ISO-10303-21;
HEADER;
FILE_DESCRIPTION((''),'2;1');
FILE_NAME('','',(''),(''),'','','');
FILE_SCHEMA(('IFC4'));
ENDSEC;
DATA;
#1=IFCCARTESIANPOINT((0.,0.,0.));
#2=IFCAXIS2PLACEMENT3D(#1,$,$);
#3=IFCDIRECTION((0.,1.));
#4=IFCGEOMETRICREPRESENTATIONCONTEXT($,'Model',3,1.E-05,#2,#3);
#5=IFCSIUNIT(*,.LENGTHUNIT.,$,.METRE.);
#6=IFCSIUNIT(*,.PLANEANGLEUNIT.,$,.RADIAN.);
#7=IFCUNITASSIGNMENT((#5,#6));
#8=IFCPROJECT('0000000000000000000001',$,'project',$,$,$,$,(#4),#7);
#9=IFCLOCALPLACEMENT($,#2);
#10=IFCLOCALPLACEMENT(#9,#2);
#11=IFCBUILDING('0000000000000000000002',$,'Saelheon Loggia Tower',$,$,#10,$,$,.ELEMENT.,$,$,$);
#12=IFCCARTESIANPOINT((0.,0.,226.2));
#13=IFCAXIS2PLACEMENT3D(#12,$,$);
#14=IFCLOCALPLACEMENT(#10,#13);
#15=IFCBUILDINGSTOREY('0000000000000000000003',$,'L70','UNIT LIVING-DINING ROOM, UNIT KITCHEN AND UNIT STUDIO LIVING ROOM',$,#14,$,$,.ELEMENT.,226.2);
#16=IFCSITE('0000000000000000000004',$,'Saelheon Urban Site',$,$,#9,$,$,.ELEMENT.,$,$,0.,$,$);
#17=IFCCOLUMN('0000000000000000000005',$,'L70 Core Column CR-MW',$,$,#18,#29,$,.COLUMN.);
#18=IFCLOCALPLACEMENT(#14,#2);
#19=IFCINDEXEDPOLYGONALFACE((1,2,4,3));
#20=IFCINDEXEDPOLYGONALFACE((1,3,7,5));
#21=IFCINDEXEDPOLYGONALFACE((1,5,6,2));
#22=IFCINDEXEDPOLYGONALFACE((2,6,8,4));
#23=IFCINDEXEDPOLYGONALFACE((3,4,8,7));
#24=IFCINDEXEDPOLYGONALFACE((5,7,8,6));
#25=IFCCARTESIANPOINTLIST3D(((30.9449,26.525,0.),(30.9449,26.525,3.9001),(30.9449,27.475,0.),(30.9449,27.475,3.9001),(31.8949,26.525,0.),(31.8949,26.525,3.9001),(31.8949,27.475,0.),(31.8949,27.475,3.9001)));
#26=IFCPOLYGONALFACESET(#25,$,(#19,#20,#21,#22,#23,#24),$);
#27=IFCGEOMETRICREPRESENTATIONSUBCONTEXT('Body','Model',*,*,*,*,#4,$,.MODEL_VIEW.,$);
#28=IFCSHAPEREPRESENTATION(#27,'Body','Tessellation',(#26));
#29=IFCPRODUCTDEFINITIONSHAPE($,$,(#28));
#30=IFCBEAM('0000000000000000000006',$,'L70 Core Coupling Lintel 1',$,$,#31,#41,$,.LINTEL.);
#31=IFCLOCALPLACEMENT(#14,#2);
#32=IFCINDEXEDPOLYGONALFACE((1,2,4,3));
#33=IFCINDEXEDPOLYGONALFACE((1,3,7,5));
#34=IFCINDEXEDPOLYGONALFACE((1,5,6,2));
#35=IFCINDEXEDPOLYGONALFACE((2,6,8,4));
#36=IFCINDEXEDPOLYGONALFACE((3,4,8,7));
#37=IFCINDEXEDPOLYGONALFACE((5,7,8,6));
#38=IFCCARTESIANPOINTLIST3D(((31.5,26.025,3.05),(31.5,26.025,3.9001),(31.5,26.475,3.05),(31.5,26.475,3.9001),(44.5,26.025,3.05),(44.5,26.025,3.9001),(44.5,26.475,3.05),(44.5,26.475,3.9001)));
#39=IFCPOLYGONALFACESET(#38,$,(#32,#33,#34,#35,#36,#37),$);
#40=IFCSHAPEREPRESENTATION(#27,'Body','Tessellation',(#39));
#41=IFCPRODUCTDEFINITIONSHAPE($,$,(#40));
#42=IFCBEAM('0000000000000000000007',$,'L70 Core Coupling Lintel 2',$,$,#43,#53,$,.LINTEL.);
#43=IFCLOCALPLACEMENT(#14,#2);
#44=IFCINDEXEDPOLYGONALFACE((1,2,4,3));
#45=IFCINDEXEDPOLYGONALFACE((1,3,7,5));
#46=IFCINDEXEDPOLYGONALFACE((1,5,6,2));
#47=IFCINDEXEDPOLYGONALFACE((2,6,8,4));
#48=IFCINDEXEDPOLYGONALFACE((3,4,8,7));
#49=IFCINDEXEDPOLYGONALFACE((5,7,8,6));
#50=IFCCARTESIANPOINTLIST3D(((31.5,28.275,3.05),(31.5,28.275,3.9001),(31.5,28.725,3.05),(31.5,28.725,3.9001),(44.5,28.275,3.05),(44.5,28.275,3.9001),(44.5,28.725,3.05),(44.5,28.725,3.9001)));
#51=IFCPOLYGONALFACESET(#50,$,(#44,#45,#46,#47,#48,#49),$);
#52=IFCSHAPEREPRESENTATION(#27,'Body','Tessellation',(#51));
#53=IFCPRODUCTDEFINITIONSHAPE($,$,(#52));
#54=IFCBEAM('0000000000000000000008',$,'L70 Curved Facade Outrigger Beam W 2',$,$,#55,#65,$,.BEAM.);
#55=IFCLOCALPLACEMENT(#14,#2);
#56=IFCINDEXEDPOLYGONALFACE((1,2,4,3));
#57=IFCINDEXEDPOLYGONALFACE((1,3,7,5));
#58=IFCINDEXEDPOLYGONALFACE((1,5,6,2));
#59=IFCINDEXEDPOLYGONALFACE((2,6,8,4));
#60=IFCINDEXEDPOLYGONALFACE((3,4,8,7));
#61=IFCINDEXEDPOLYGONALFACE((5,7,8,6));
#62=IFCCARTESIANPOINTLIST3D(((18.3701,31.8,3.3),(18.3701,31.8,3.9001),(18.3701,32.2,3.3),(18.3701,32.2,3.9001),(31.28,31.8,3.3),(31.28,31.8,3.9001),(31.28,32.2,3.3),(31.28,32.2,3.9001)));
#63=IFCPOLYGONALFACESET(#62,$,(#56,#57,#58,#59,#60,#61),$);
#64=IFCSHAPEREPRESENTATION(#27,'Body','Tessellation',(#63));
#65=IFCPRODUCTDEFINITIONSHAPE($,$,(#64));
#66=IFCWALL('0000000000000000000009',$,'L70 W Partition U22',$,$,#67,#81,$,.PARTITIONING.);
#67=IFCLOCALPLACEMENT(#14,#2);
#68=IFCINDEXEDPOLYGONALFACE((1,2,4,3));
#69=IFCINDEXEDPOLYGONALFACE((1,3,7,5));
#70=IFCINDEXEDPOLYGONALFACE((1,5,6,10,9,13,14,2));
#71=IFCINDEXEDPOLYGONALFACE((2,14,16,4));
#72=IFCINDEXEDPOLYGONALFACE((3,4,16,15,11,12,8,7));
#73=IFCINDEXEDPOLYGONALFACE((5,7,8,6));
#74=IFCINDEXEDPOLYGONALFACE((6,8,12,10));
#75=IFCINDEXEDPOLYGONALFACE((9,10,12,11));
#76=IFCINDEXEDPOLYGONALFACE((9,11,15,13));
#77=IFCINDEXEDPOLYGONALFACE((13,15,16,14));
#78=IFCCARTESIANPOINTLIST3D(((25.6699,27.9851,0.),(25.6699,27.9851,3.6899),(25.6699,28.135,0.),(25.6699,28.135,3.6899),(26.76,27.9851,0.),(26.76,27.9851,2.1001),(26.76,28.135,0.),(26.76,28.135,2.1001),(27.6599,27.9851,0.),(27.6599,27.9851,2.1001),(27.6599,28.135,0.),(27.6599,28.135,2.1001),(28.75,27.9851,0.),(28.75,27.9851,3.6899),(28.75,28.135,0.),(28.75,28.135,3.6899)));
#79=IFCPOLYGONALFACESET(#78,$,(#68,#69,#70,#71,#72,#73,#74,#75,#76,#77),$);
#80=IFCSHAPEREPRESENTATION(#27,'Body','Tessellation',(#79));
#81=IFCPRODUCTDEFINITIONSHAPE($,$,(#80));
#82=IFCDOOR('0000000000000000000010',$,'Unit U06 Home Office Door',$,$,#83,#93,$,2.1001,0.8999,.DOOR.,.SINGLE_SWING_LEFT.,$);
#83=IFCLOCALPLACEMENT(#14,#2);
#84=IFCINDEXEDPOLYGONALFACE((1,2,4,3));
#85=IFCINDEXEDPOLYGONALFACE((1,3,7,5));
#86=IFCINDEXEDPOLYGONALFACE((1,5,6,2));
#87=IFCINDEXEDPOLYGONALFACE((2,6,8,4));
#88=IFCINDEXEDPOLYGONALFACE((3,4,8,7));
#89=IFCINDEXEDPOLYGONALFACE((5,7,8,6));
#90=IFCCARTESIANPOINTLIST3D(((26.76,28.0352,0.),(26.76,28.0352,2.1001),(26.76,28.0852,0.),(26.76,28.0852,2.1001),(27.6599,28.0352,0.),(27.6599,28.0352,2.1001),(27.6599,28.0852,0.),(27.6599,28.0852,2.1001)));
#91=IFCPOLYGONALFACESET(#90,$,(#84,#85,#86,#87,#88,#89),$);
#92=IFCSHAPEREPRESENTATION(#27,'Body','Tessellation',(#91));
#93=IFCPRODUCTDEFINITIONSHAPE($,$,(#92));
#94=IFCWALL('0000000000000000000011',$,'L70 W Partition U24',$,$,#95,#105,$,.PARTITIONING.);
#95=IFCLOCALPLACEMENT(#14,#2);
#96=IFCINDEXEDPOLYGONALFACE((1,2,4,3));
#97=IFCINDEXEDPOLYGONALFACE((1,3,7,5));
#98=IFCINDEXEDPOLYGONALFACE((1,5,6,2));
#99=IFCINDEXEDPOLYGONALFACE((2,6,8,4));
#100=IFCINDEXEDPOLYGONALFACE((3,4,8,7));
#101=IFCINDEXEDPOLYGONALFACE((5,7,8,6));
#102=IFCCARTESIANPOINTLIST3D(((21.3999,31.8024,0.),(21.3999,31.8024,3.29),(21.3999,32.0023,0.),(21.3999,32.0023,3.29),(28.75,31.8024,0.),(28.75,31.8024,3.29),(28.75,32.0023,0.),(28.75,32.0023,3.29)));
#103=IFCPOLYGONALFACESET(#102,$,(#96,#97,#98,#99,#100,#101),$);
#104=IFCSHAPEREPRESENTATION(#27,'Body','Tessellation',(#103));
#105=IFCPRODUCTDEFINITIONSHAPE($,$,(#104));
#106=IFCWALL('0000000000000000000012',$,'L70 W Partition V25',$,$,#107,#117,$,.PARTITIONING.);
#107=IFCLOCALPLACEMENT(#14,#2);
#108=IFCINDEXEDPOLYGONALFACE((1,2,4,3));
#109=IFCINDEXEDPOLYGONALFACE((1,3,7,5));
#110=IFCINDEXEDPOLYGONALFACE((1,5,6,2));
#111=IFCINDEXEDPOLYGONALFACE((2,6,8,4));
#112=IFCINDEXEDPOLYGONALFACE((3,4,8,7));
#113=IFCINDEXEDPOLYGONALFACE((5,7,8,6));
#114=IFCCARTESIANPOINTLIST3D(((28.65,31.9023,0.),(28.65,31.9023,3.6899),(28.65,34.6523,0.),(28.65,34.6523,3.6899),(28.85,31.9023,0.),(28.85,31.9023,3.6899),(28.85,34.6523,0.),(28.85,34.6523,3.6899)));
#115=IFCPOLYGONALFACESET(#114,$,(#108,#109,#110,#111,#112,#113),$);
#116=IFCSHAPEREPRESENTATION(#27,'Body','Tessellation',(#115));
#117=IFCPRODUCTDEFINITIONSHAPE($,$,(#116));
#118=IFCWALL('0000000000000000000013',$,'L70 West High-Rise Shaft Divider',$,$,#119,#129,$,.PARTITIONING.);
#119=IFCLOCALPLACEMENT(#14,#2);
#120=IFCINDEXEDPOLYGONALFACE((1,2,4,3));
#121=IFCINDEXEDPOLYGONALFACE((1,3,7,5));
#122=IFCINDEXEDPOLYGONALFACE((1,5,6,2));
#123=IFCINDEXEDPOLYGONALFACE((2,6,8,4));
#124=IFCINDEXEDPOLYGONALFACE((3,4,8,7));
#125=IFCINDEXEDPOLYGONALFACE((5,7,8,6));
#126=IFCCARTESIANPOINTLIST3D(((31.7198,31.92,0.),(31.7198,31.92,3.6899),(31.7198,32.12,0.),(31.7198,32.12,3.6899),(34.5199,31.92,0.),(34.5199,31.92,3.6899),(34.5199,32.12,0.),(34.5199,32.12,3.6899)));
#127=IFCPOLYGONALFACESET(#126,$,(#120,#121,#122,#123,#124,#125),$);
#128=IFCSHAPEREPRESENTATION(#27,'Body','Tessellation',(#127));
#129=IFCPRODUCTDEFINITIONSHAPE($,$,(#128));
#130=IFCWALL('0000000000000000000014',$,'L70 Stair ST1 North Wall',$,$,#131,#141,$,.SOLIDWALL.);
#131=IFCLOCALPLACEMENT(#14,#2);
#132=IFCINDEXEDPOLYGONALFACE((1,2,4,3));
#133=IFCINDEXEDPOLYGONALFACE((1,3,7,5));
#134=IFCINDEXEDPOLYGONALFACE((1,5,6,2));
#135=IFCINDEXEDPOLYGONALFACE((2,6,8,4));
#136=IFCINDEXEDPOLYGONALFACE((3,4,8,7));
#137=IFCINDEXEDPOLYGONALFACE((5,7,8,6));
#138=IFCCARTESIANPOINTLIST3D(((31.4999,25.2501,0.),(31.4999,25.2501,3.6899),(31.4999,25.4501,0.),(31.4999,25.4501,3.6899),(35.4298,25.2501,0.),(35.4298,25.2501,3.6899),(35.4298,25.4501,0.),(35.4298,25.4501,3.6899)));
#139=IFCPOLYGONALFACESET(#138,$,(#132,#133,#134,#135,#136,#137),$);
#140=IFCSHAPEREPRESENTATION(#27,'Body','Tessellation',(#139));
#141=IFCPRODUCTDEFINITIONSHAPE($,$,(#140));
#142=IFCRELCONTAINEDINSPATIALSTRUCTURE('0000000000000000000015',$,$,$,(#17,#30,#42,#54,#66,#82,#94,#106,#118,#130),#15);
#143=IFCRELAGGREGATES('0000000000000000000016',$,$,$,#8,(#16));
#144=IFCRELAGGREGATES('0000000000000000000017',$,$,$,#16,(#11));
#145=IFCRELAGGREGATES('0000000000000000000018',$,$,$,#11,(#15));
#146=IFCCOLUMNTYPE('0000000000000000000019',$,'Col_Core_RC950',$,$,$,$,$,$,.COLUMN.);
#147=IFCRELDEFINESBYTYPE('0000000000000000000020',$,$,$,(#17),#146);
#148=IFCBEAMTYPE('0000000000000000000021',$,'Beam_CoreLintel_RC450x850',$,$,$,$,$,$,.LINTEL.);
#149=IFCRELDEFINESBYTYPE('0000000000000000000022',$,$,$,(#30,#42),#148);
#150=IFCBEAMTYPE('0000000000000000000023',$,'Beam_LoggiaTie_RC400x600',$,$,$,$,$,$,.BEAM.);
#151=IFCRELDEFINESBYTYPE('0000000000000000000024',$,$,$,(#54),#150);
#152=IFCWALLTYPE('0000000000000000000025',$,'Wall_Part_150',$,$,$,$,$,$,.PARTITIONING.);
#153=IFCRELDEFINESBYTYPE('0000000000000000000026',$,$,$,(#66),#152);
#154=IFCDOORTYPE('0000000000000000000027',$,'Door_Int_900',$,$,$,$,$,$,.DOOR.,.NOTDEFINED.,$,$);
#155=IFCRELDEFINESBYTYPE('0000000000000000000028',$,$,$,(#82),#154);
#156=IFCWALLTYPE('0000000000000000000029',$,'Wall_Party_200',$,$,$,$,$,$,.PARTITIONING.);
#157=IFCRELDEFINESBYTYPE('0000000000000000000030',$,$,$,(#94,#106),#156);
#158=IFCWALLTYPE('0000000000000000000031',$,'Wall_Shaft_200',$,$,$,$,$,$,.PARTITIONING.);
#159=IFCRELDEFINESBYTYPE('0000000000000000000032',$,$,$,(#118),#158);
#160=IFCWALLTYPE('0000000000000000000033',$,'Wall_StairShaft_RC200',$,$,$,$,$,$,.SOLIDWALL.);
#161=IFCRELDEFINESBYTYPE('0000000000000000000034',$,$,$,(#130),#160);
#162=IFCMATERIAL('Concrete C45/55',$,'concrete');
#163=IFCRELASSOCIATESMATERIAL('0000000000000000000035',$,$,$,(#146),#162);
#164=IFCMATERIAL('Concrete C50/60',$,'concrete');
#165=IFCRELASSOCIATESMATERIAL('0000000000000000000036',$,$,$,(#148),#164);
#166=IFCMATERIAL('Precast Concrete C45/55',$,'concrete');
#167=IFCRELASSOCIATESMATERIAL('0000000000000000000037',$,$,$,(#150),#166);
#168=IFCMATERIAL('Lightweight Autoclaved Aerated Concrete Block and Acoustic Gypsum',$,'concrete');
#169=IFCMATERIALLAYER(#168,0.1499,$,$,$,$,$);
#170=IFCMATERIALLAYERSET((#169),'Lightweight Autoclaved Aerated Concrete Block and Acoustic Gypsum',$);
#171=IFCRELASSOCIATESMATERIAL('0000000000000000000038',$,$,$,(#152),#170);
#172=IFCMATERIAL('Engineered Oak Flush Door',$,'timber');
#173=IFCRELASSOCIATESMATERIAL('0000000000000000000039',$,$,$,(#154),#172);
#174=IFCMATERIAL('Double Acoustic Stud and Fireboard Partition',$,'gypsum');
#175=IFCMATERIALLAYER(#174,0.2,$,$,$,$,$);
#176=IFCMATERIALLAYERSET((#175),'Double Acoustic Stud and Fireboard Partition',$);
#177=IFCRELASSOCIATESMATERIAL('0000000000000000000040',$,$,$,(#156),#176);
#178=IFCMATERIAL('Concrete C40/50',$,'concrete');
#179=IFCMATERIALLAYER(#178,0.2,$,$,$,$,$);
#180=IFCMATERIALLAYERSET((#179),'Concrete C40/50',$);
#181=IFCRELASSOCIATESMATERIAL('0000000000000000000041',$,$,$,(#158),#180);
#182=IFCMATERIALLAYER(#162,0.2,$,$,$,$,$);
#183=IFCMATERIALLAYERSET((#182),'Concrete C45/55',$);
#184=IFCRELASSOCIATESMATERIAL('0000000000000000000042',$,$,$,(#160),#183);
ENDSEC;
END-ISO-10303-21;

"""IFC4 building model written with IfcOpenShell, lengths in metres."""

from ifc_helpers import new_model, si_unit, direction, frame, frame_2d, origin, origin_2d, place, context, subcontext, project, spatial, rectangle, extrude, source, transform, mapped, material, layer, layer_set, material_profile, profile_set, type_object, element, fill, save


model = new_model("IFC4")

# Units and contexts
model_context = context("Model", 3, precision=1e-05, world=origin(), true_north=direction((0.0, 1.0)))
body_context = subcontext(model_context, "Body", "Model", "MODEL_VIEW")
ifc_project = project(units=[si_unit("LENGTHUNIT", "METRE"), si_unit("PLANEANGLEUNIT", "RADIAN")], contexts=[model_context])

# Site, building, storey
site_placement = place(None, origin())
site = spatial("IfcSite", under=ifc_project, at=site_placement, Name="Saelheon Urban Site", CompositionType="ELEMENT", RefElevation=0.0)
building_placement = place(site_placement, origin())
building = spatial("IfcBuilding", under=site, at=building_placement, Name="Saelheon Loggia Tower", CompositionType="ELEMENT")
storey_placement = place(building_placement, frame((0.0, 0.0, 226.2)))
storey = spatial("IfcBuildingStorey", under=building, at=storey_placement, Name="L70", Description="UNIT LIVING-DINING ROOM, UNIT KITCHEN AND UNIT STUDIO LIVING ROOM", CompositionType="ELEMENT", Elevation=226.2)

# Column
ifc_material_1 = material(Name="Concrete C45/55", Category="concrete")
ifc_material_profile_1 = material_profile(ifc_material_1, rectangle(XDim=0.95, YDim=0.95, at=origin_2d()), Name="RC-950x950")
ifc_profile_set_1 = profile_set([ifc_material_profile_1], Name="Concrete C45/55")
column_type = type_object("IfcColumnType", Name="Col_Core_RC950", PredefinedType="COLUMN", material=ifc_profile_set_1)
shared_shape_1 = source(origin(), body_context, "Body", "SweptSolid", [
    extrude(rectangle(XDim=0.95, YDim=0.95, at=origin_2d()), origin(), (0.0, 0.0, 1.0), 3.9001),
])
column_placement = place(storey_placement, frame((31.4199, 27.0, 0.0), z_axis=(0.0, 0.0, 1.0), x_axis=(1.0, 0.0, 0.0)))
element("IfcColumn", 1, at=column_placement, inside=storey, type_object=column_type, Name="L70 Core Column CR-MW", PredefinedType="COLUMN", context=body_context, shape_type="MappedRepresentation", body=[
    mapped(shared_shape_1, transform((0.0, 0.0, 0.0), scale=1.0)),
])

# Beams
ifc_material_2 = material(Name="Concrete C50/60", Category="concrete")
ifc_material_profile_2 = material_profile(ifc_material_2, rectangle(XDim=0.45, YDim=0.8501, at=origin_2d()), Name="RC-450x850")
ifc_profile_set_2 = profile_set([ifc_material_profile_2], Name="Concrete C50/60")
beam_type_1 = type_object("IfcBeamType", Name="Beam_CoreLintel_RC450x850", PredefinedType="LINTEL", material=ifc_profile_set_2)
shared_shape_2 = source(origin(), body_context, "Body", "SweptSolid", [
    extrude(rectangle(XDim=0.45, YDim=0.8501, at=origin_2d()), origin(), (0.0, 0.0, 1.0), 13.0),
])
for number, where, z_axis, x_axis, name in (
    (2, (31.5, 26.25, 3.4751), (1.0, 0.0, 0.0), (0.0, 1.0, 0.0), "L70 Core Coupling Lintel 1"),
    (3, (31.5, 28.5, 3.4751), (1.0, 0.0, 0.0), (0.0, 1.0, 0.0), "L70 Core Coupling Lintel 2"),
):
    element("IfcBeam", number, at=place(storey_placement, frame(where, z_axis=z_axis, x_axis=x_axis)), inside=storey, type_object=beam_type_1, Name=name, PredefinedType="LINTEL", context=body_context, shape_type="MappedRepresentation", body=[
        mapped(shared_shape_2, transform((0.0, 0.0, 0.0), scale=1.0)),
    ])
ifc_material_3 = material(Name="Precast Concrete C45/55", Category="concrete")
ifc_material_profile_3 = material_profile(ifc_material_3, rectangle(XDim=0.3999, YDim=0.6001, at=origin_2d()), Name="RC-400x600")
ifc_profile_set_3 = profile_set([ifc_material_profile_3], Name="Precast Concrete C45/55")
beam_type_2 = type_object("IfcBeamType", Name="Beam_LoggiaTie_RC400x600", PredefinedType="BEAM", material=ifc_profile_set_3)
shared_shape_3 = source(origin(), body_context, "Body", "SweptSolid", [
    extrude(rectangle(XDim=0.3999, YDim=0.6001, at=origin_2d()), origin(), (0.0, 0.0, 1.0), 12.9099),
])
beam_placement = place(storey_placement, frame((31.28, 32.0, 3.6001), z_axis=(-1.0, 0.0, 0.0), x_axis=(0.0, -1.0, 0.0)))
element("IfcBeam", 4, at=beam_placement, inside=storey, type_object=beam_type_2, Name="L70 Curved Facade Outrigger Beam W 2", PredefinedType="BEAM", context=body_context, shape_type="MappedRepresentation", body=[
    mapped(shared_shape_3, transform((0.0, 0.0, 0.0), scale=1.0)),
])

# Wall, opening, door
ifc_material_4 = material(Name="Lightweight Autoclaved Aerated Concrete Block and Acoustic Gypsum", Category="concrete")
ifc_layer_1 = layer(ifc_material_4, 0.1499)
ifc_layer_set_1 = layer_set([ifc_layer_1], Name="Lightweight Autoclaved Aerated Concrete Block and Acoustic Gypsum")
wall_type_1 = type_object("IfcWallType", Name="Wall_Part_150", PredefinedType="PARTITIONING", material=ifc_layer_set_1)
wall_1_placement = place(storey_placement, frame((28.75, 28.0601, 0.0), z_axis=(0.0, 0.0, 1.0), x_axis=(-1.0, 0.0, 0.0)))
wall_1 = element("IfcWall", 5, at=wall_1_placement, inside=storey, type_object=wall_type_1, Name="L70 W Partition U22", PredefinedType="PARTITIONING", context=body_context, shape_type="SweptSolid", body=[
    extrude(rectangle(XDim=3.0801, YDim=0.1499, at=frame_2d((1.54, 0.0))), origin(), (0.0, 0.0, 1.0), 3.6899),
])
opening_1_placement = place(wall_1_placement, frame((1.0901, 0.0, 0.0)))
opening_1 = element("IfcOpeningElement", 6, at=opening_1_placement, cuts=wall_1, PredefinedType="OPENING", context=body_context, shape_type="SweptSolid", body=[
    extrude(rectangle(XDim=0.8999, YDim=2.1001, at=frame_2d((0.45, 1.05))), frame((0.0, 0.0869, 0.0), z_axis=(0.0, -1.0, 0.0), x_axis=(1.0, 0.0, 0.0)), (0.0, 0.0, 1.0), 0.1738),
])
ifc_material_5 = material(Name="Engineered Oak Flush Door", Category="timber")
door_type_1 = type_object("IfcDoorType", Name="Door_Int_900", OperationType="NOTDEFINED", PredefinedType="DOOR", material=ifc_material_5)
shared_shape_4 = source(origin(), body_context, "Body", "SweptSolid", [
    extrude(rectangle(XDim=0.8999, YDim=2.1001, at=frame_2d((0.45, 1.05))), frame((0.0, 0.0249, 0.0), z_axis=(0.0, -1.0, 0.0), x_axis=(1.0, 0.0, 0.0)), (0.0, 0.0, 1.0), 0.05),
])
door_1_placement = place(opening_1_placement, origin())
door_1 = element("IfcDoor", 7, at=door_1_placement, inside=storey, type_object=door_type_1, Name="Unit U06 Home Office Door", OperationType="SINGLE_SWING_LEFT", OverallHeight=2.1001, OverallWidth=0.8999, PredefinedType="DOOR", context=body_context, shape_type="MappedRepresentation", body=[
    mapped(shared_shape_4, transform((0.0, 0.0, 0.0), scale=1.0)),
])
fill(opening_1, door_1)

# Walls
ifc_material_6 = material(Name="Double Acoustic Stud and Fireboard Partition", Category="gypsum")
ifc_layer_2 = layer(ifc_material_6, 0.2)
ifc_layer_set_2 = layer_set([ifc_layer_2], Name="Double Acoustic Stud and Fireboard Partition")
wall_type_2 = type_object("IfcWallType", Name="Wall_Party_200", PredefinedType="PARTITIONING", material=ifc_layer_set_2)
wall_2_placement = place(storey_placement, frame((28.75, 31.9023, 0.0), z_axis=(0.0, 0.0, 1.0), x_axis=(-1.0, 0.0, 0.0)))
element("IfcWall", 8, at=wall_2_placement, inside=storey, type_object=wall_type_2, Name="L70 W Partition U24", PredefinedType="PARTITIONING", context=body_context, shape_type="SweptSolid", body=[
    extrude(rectangle(XDim=7.3501, YDim=0.2, at=frame_2d((3.675, 0.0))), origin(), (0.0, 0.0, 1.0), 3.29),
])
wall_3_placement = place(storey_placement, frame((28.75, 31.9023, 0.0), z_axis=(0.0, 0.0, 1.0), x_axis=(0.0, 1.0, 0.0)))
element("IfcWall", 9, at=wall_3_placement, inside=storey, type_object=wall_type_2, Name="L70 W Partition V25", PredefinedType="PARTITIONING", context=body_context, shape_type="SweptSolid", body=[
    extrude(rectangle(XDim=2.75, YDim=0.2, at=frame_2d((1.375, 0.0))), origin(), (0.0, 0.0, 1.0), 3.6899),
])

# Walls
ifc_material_7 = material(Name="Concrete C40/50", Category="concrete")
ifc_layer_3 = layer(ifc_material_7, 0.2)
ifc_layer_set_3 = layer_set([ifc_layer_3], Name="Concrete C40/50")
wall_type_3 = type_object("IfcWallType", Name="Wall_Shaft_200", PredefinedType="PARTITIONING", material=ifc_layer_set_3)
wall_4_placement = place(storey_placement, frame((31.72, 32.02, 0.0), z_axis=(0.0, 0.0, 1.0), x_axis=(1.0, 0.0, 0.0)))
element("IfcWall", 10, at=wall_4_placement, inside=storey, type_object=wall_type_3, Name="L70 West High-Rise Shaft Divider", PredefinedType="PARTITIONING", context=body_context, shape_type="SweptSolid", body=[
    extrude(rectangle(XDim=2.8, YDim=0.2, at=frame_2d((1.3999, 0.0))), origin(), (0.0, 0.0, 1.0), 3.6899),
])
ifc_layer_4 = layer(ifc_material_1, 0.2)
ifc_layer_set_4 = layer_set([ifc_layer_4], Name="Concrete C45/55")
wall_type_4 = type_object("IfcWallType", Name="Wall_StairShaft_RC200", PredefinedType="SOLIDWALL", material=ifc_layer_set_4)
wall_5_placement = place(storey_placement, frame((31.5, 25.3501, 0.0), z_axis=(0.0, 0.0, 1.0), x_axis=(1.0, 0.0, 0.0)))
element("IfcWall", 11, at=wall_5_placement, inside=storey, type_object=wall_type_4, Name="L70 Stair ST1 North Wall", PredefinedType="SOLIDWALL", context=body_context, shape_type="SweptSolid", body=[
    extrude(rectangle(XDim=3.9299, YDim=0.2, at=frame_2d((1.9648, 0.0))), origin(), (0.0, 0.0, 1.0), 3.6899),
])

save(model, "model.ifc")
